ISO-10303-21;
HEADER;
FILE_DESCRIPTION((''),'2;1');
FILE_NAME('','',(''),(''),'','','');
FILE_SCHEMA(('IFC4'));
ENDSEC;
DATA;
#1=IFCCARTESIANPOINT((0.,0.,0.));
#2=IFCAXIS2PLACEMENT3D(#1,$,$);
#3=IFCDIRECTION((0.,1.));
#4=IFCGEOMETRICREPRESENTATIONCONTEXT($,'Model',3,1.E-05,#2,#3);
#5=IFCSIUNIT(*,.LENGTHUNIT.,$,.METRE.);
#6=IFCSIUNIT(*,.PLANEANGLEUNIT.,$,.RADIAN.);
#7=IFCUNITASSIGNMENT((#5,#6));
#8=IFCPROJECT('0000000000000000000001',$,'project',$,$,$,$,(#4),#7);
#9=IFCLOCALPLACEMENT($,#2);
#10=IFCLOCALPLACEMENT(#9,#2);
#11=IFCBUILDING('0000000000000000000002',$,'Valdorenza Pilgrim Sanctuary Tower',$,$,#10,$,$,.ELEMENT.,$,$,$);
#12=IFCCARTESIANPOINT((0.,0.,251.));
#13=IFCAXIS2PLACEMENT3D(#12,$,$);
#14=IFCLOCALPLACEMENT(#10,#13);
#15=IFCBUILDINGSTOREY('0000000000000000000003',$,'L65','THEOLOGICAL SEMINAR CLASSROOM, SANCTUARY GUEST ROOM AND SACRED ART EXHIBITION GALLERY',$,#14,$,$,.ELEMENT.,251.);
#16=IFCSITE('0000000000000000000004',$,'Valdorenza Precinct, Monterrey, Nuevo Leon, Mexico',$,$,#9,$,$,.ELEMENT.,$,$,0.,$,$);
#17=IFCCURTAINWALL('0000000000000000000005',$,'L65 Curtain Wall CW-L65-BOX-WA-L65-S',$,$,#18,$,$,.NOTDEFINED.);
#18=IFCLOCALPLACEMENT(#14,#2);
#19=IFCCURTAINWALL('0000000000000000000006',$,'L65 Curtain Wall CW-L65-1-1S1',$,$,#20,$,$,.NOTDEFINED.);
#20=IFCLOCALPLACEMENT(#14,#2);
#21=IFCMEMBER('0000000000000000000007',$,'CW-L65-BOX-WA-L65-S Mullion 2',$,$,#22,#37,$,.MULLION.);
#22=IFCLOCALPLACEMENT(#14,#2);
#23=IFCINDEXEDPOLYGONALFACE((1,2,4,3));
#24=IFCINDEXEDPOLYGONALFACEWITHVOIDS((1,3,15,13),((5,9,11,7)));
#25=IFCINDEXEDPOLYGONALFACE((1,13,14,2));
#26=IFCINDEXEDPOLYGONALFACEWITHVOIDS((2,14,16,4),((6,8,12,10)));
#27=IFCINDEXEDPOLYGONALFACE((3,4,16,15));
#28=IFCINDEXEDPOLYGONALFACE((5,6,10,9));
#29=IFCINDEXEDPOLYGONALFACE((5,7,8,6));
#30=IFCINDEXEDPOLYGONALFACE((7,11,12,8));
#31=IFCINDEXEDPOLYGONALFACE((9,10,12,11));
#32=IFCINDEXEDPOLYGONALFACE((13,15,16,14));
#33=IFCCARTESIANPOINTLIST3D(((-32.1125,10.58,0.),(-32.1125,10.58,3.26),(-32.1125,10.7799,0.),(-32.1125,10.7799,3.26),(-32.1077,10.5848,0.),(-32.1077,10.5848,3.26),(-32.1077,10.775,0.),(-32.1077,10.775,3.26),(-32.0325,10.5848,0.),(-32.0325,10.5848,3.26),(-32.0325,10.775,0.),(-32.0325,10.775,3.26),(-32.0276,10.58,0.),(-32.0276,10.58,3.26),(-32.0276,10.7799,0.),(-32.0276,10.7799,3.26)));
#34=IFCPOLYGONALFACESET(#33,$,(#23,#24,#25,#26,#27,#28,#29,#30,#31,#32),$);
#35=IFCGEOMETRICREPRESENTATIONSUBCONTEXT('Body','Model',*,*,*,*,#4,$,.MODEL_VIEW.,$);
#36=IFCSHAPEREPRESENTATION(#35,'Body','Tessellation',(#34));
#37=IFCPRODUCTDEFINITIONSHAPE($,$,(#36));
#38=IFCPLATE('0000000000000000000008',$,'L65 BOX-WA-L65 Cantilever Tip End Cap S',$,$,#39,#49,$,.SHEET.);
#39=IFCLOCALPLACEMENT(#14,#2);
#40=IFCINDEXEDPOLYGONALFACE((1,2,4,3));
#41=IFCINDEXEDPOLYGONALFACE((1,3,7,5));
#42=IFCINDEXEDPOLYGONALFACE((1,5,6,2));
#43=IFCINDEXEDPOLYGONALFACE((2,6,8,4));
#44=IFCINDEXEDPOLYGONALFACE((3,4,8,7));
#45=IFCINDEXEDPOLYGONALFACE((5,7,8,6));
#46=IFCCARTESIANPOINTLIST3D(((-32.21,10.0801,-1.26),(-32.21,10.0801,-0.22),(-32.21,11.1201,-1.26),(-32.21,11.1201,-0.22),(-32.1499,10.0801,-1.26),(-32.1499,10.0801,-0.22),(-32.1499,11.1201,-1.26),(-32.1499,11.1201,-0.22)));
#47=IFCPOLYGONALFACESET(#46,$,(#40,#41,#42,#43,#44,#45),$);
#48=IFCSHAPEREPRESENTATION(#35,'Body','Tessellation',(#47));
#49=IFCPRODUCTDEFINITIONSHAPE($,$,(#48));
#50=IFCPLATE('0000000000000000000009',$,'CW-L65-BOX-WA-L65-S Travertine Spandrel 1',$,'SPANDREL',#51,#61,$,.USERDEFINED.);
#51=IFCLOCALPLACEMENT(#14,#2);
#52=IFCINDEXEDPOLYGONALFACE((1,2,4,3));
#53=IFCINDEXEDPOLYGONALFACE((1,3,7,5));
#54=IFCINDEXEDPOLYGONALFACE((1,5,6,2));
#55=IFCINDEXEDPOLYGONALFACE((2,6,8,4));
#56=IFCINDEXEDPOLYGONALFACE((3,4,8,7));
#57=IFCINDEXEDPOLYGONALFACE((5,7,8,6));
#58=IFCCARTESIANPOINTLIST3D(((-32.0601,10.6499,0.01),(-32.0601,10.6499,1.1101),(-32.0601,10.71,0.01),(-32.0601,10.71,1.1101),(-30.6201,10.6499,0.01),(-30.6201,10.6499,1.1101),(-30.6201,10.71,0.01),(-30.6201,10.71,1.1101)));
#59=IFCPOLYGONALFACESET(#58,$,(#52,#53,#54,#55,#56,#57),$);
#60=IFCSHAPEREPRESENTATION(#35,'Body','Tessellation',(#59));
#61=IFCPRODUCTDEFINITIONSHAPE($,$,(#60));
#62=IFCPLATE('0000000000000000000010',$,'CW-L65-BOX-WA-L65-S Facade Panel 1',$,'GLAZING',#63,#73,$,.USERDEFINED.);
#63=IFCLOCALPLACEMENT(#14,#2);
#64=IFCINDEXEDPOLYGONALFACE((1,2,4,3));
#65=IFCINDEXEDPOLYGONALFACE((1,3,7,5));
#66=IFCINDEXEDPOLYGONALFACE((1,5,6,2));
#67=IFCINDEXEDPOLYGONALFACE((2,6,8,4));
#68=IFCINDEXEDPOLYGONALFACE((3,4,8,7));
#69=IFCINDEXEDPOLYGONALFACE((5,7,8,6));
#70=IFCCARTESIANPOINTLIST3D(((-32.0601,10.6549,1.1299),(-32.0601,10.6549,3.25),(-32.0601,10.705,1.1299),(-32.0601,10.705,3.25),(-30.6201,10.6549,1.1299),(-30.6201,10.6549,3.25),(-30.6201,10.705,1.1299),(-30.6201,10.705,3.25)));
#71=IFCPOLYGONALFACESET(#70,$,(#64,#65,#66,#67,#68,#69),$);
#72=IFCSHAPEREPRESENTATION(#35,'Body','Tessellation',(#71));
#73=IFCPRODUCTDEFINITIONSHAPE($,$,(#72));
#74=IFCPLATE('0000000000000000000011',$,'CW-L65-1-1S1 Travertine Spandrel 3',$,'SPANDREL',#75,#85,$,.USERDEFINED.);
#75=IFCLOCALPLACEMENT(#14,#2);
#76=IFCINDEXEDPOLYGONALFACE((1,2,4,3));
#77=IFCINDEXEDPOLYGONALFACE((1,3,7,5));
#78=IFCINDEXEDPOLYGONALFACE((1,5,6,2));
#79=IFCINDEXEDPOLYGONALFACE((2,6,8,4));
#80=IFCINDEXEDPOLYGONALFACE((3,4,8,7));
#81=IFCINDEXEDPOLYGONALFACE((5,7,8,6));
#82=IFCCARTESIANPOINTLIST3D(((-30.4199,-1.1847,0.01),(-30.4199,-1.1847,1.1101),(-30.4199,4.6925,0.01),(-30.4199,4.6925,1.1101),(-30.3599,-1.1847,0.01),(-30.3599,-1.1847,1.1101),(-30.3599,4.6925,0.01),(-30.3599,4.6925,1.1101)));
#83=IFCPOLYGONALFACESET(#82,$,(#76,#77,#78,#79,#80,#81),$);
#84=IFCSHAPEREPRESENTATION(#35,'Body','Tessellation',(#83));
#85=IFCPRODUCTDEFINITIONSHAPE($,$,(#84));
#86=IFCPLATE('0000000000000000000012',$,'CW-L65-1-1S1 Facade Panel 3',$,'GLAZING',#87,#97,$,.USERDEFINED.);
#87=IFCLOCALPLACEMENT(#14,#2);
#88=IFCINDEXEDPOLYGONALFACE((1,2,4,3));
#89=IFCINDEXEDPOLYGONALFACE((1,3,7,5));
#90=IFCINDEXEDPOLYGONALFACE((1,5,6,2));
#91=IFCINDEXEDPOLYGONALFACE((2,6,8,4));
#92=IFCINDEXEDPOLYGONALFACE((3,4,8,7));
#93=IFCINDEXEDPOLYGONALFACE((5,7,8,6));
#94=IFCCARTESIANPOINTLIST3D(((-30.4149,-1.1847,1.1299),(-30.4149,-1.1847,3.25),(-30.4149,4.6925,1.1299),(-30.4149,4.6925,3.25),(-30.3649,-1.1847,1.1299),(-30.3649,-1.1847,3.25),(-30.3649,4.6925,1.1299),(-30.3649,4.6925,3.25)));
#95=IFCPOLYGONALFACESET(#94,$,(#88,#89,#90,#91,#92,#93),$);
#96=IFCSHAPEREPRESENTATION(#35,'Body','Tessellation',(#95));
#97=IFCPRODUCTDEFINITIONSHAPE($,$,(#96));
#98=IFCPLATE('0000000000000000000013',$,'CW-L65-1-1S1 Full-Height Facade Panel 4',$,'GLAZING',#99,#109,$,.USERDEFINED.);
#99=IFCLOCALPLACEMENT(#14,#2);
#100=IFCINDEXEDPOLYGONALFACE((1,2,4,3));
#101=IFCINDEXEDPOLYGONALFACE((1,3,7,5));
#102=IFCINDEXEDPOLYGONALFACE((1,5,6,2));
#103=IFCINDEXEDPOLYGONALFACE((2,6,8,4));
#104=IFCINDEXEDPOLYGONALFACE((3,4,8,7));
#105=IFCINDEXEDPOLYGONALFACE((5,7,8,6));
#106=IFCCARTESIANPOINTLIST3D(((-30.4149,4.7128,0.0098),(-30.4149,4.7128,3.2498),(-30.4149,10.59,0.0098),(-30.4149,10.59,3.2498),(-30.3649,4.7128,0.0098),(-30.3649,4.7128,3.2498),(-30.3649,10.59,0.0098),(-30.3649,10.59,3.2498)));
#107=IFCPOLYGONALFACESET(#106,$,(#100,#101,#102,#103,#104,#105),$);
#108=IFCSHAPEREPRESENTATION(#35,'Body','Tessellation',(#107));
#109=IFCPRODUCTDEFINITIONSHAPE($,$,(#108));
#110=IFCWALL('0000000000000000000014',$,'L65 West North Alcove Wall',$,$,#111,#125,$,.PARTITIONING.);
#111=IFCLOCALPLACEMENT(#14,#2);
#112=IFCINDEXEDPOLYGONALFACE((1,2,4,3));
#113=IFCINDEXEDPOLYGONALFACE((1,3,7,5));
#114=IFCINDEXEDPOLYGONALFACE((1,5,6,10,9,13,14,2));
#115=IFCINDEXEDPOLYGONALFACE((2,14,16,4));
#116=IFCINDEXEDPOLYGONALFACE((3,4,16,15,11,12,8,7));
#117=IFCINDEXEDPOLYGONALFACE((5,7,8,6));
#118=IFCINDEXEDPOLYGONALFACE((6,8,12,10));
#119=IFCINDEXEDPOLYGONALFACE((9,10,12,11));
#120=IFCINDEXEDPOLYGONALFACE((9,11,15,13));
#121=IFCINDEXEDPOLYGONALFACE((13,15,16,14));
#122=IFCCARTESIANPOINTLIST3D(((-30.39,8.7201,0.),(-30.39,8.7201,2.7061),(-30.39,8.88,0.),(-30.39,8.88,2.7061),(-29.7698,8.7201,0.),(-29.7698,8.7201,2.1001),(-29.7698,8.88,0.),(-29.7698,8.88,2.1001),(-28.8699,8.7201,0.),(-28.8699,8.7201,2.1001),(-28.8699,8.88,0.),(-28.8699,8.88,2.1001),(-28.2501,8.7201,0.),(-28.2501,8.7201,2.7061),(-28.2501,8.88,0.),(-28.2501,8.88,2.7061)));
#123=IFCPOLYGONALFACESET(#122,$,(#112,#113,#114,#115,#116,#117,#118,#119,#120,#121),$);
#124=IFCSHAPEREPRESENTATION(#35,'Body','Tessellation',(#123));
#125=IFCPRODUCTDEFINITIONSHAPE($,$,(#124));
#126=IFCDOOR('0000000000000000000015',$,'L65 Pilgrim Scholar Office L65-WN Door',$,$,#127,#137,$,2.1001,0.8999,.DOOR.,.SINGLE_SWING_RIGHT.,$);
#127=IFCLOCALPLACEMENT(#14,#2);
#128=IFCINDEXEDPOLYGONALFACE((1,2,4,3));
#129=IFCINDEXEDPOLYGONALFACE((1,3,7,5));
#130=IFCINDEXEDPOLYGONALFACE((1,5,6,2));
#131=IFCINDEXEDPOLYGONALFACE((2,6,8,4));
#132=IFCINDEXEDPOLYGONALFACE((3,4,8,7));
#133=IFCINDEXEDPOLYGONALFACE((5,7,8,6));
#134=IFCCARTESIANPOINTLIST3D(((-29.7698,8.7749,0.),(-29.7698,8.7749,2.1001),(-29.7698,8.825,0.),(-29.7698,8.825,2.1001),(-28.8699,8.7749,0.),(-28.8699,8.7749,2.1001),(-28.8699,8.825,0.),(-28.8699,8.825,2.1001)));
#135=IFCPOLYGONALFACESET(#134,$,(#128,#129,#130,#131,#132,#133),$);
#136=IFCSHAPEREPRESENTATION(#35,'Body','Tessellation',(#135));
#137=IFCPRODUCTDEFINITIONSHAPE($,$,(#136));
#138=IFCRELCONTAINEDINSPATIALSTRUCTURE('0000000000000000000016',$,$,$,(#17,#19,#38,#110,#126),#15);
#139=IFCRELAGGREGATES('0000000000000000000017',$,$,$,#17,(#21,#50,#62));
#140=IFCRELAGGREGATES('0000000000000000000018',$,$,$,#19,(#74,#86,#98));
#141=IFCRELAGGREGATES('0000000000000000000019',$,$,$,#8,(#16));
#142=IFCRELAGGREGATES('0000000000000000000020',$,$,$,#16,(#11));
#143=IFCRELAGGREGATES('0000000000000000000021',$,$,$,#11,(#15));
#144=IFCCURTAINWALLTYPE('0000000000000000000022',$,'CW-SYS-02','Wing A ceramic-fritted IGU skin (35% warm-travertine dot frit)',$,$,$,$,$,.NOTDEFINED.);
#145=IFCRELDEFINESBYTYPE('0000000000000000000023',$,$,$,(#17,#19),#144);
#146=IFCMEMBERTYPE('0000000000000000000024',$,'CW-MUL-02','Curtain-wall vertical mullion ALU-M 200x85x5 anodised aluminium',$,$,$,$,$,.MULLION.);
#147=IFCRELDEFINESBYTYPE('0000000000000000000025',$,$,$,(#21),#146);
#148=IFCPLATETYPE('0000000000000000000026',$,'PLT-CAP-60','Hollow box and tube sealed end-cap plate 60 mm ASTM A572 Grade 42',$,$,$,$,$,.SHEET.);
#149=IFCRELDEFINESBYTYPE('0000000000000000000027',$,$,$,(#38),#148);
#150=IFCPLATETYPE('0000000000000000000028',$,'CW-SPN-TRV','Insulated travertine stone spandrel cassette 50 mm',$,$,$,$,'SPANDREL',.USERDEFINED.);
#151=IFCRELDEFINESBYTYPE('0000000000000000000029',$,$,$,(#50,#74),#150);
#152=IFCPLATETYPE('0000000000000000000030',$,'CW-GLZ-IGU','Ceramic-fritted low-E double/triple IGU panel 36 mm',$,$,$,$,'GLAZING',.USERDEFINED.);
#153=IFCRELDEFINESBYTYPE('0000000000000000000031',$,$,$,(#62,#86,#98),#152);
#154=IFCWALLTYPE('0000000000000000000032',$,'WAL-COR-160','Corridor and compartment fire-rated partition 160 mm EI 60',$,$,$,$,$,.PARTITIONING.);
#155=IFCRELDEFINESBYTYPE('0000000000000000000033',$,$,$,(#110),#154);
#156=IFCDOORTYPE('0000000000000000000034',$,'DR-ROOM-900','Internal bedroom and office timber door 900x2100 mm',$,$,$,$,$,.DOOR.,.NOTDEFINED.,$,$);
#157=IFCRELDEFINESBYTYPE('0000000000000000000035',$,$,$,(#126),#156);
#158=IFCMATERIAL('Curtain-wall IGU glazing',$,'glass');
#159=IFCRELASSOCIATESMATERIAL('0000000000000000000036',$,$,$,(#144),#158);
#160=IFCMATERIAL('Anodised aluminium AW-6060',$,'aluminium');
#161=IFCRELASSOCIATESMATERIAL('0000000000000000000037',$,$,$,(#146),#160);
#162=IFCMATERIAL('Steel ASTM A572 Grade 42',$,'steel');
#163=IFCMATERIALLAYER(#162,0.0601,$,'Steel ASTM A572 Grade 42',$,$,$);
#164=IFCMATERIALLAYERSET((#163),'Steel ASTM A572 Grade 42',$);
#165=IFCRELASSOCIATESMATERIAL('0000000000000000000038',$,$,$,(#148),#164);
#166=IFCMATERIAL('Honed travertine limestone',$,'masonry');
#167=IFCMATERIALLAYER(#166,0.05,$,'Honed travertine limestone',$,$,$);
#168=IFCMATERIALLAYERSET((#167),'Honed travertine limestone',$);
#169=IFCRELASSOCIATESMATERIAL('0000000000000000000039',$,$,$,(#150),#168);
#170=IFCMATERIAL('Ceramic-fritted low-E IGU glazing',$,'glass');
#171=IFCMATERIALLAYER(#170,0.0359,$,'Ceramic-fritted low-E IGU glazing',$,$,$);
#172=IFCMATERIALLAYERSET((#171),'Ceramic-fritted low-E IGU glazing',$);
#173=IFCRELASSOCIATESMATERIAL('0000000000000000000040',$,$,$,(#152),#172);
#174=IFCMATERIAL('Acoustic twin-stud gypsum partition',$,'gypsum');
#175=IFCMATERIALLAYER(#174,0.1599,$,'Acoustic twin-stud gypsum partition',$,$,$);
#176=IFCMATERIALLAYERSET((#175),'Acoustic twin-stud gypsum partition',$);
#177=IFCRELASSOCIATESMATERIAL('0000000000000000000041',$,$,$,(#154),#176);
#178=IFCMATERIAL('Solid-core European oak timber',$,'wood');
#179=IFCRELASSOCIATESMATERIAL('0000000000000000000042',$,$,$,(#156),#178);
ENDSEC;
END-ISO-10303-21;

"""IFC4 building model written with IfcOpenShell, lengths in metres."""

from ifc_helpers import new_model, si_unit, direction, frame, frame_2d, origin, origin_2d, place, context, subcontext, project, spatial, rectangle, hollow_rectangle, extrude, source, transform, mapped, material, layer, layer_set, material_profile, profile_set, type_object, element, fill, aggregate, save


model = new_model("IFC4")

# Units and contexts
model_context = context("Model", 3, precision=1e-05, world=origin(), true_north=direction((0.0, 1.0)))
body_context = subcontext(model_context, "Body", "Model", "MODEL_VIEW")
ifc_project = project(units=[si_unit("LENGTHUNIT", "METRE"), si_unit("PLANEANGLEUNIT", "RADIAN")], contexts=[model_context])

# Site, building, storey
site_placement = place(None, origin())
site = spatial("IfcSite", under=ifc_project, at=site_placement, Name="Valdorenza Precinct, Monterrey, Nuevo Leon, Mexico", CompositionType="ELEMENT", RefElevation=0.0)
building_placement = place(site_placement, origin())
building = spatial("IfcBuilding", under=site, at=building_placement, Name="Valdorenza Pilgrim Sanctuary Tower", CompositionType="ELEMENT")
storey_placement = place(building_placement, frame((0.0, 0.0, 251.0)))
storey = spatial("IfcBuildingStorey", under=building, at=storey_placement, Name="L65", Description="THEOLOGICAL SEMINAR CLASSROOM, SANCTUARY GUEST ROOM AND SACRED ART EXHIBITION GALLERY", CompositionType="ELEMENT", Elevation=251.0)

# Curtain wall
ifc_material_1 = material(Name="Curtain-wall IGU glazing", Category="glass")
curtain_wall_type = type_object("IfcCurtainWallType", Name="CW-SYS-02", Description="Wing A ceramic-fritted IGU skin (35% warm-travertine dot frit)", PredefinedType="NOTDEFINED", material=ifc_material_1)
curtain_wall_1_placement = place(storey_placement, origin())
curtain_wall_1 = element("IfcCurtainWall", 1, at=curtain_wall_1_placement, inside=storey, type_object=curtain_wall_type, Name="L65 Curtain Wall CW-L65-BOX-WA-L65-S", PredefinedType="NOTDEFINED")
ifc_material_2 = material(Name="Anodised aluminium AW-6060", Category="aluminium")

# Curtain wall
curtain_wall_2_placement = place(storey_placement, origin())
curtain_wall_2 = element("IfcCurtainWall", 2, at=curtain_wall_2_placement, inside=storey, type_object=curtain_wall_type, Name="L65 Curtain Wall CW-L65-1-1S1", PredefinedType="NOTDEFINED")
ifc_material_profile_1 = material_profile(ifc_material_2, hollow_rectangle(XDim=0.085, YDim=0.2, WallThickness=0.0049, at=origin_2d()), Name="ALU-M 200x85x5")
ifc_profile_set_1 = profile_set([ifc_material_profile_1], Name="Anodised aluminium AW-6060")
member_type_1 = type_object("IfcMemberType", Name="CW-MUL-02", Description="Curtain-wall vertical mullion ALU-M 200x85x5 anodised aluminium", PredefinedType="MULLION", material=ifc_profile_set_1)
shared_shape_1 = source(origin(), body_context, "Body", "SweptSolid", [
    extrude(hollow_rectangle(XDim=0.085, YDim=0.2, WallThickness=0.0049, at=origin_2d()), origin(), (0.0, 0.0, 1.0), 3.26),
])

# Member
member_1_placement = place(storey_placement, frame((-32.0701, 10.6799, 0.0), z_axis=(0.0, 0.0, 1.0), x_axis=(-1.0, 0.0, 0.0)))
member_1 = element("IfcMember", 3, at=member_1_placement, type_object=member_type_1, Name="CW-L65-BOX-WA-L65-S Mullion 2", PredefinedType="MULLION", context=body_context, shape_type="MappedRepresentation", body=[
    mapped(shared_shape_1, transform((0.0, 0.0, 0.0), x_axis=(1.0, 0.0, 0.0), y_axis=(0.0, 1.0, 0.0), z_axis=(0.0, 0.0, 1.0), scale=1.0)),
])

# Plates
ifc_material_3 = material(Name="Steel ASTM A572 Grade 42", Category="steel")
ifc_layer_1 = layer(ifc_material_3, 0.0601, Name="Steel ASTM A572 Grade 42")
ifc_layer_set_1 = layer_set([ifc_layer_1], Name="Steel ASTM A572 Grade 42")
plate_type_1 = type_object("IfcPlateType", Name="PLT-CAP-60", Description="Hollow box and tube sealed end-cap plate 60 mm ASTM A572 Grade 42", PredefinedType="SHEET", material=ifc_layer_set_1)
shared_shape_2 = source(origin(), body_context, "Body", "SweptSolid", [
    extrude(rectangle(XDim=0.0601, YDim=1.04, at=origin_2d()), origin(), (0.0, 0.0, 1.0), 1.04),
])
plate_1_placement = place(storey_placement, frame((-32.1799, 10.6001, -1.26), z_axis=(0.0, 0.0, 1.0), x_axis=(1.0, 0.0, 0.0)))
element("IfcPlate", 4, at=plate_1_placement, inside=storey, type_object=plate_type_1, Name="L65 BOX-WA-L65 Cantilever Tip End Cap S", PredefinedType="SHEET", context=body_context, shape_type="MappedRepresentation", body=[
    mapped(shared_shape_2, transform((0.0, 0.0, 0.0), x_axis=(1.0, 0.0, 0.0), y_axis=(0.0, 1.0, 0.0), z_axis=(0.0, 0.0, 1.0), scale=1.0)),
])
ifc_material_4 = material(Name="Honed travertine limestone", Category="masonry")
ifc_layer_2 = layer(ifc_material_4, 0.05, Name="Honed travertine limestone")
ifc_layer_set_2 = layer_set([ifc_layer_2], Name="Honed travertine limestone")
plate_type_2 = type_object("IfcPlateType", Name="CW-SPN-TRV", Description="Insulated travertine stone spandrel cassette 50 mm", ElementType="SPANDREL", PredefinedType="USERDEFINED", material=ifc_layer_set_2)
shared_shape_3 = source(origin(), body_context, "Body", "SweptSolid", [
    extrude(rectangle(XDim=1.4399, YDim=0.0601, at=origin_2d()), origin(), (0.0, 0.0, 1.0), 1.1001),
])
plate_2_placement = place(storey_placement, frame((-31.3401, 10.6799, 0.01), z_axis=(0.0, 0.0, 1.0), x_axis=(-1.0, 0.0, 0.0)))
plate_2 = element("IfcPlate", 5, at=plate_2_placement, type_object=plate_type_2, Name="CW-L65-BOX-WA-L65-S Travertine Spandrel 1", ObjectType="SPANDREL", PredefinedType="USERDEFINED", context=body_context, shape_type="MappedRepresentation", body=[
    mapped(shared_shape_3, transform((0.0, 0.0, 0.0), x_axis=(1.0, 0.0, 0.0), y_axis=(0.0, 1.0, 0.0), z_axis=(0.0, 0.0, 1.0), scale=1.0)),
])
ifc_material_5 = material(Name="Ceramic-fritted low-E IGU glazing", Category="glass")
ifc_layer_3 = layer(ifc_material_5, 0.0359, Name="Ceramic-fritted low-E IGU glazing")
ifc_layer_set_3 = layer_set([ifc_layer_3], Name="Ceramic-fritted low-E IGU glazing")
plate_type_3 = type_object("IfcPlateType", Name="CW-GLZ-IGU", Description="Ceramic-fritted low-E double/triple IGU panel 36 mm", ElementType="GLAZING", PredefinedType="USERDEFINED", material=ifc_layer_set_3)
shared_shape_4 = source(origin(), body_context, "Body", "SweptSolid", [
    extrude(rectangle(XDim=1.4399, YDim=0.05, at=origin_2d()), origin(), (0.0, 0.0, 1.0), 2.1201),
])
plate_3_placement = place(storey_placement, frame((-31.3401, 10.6799, 1.1299), z_axis=(0.0, 0.0, 1.0), x_axis=(-1.0, 0.0, 0.0)))
plate_3 = element("IfcPlate", 6, at=plate_3_placement, type_object=plate_type_3, Name="CW-L65-BOX-WA-L65-S Facade Panel 1", ObjectType="GLAZING", PredefinedType="USERDEFINED", context=body_context, shape_type="MappedRepresentation", body=[
    mapped(shared_shape_4, transform((0.0, 0.0, 0.0), x_axis=(1.0, 0.0, 0.0), y_axis=(0.0, 1.0, 0.0), z_axis=(0.0, 0.0, 1.0), scale=1.0)),
])
aggregate(curtain_wall_1, [member_1, plate_2, plate_3])
shared_shape_5 = source(origin(), body_context, "Body", "SweptSolid", [
    extrude(rectangle(XDim=5.8772, YDim=0.0601, at=origin_2d()), origin(), (0.0, 0.0, 1.0), 1.1001),
])
plate_4_placement = place(storey_placement, frame((-30.3899, 1.7539, 0.01), z_axis=(0.0, 0.0, 1.0), x_axis=(0.0, 1.0, 0.0)))
plate_4 = element("IfcPlate", 7, at=plate_4_placement, type_object=plate_type_2, Name="CW-L65-1-1S1 Travertine Spandrel 3", ObjectType="SPANDREL", PredefinedType="USERDEFINED", context=body_context, shape_type="MappedRepresentation", body=[
    mapped(shared_shape_5, transform((0.0, 0.0, 0.0), x_axis=(1.0, 0.0, 0.0), y_axis=(0.0, 1.0, 0.0), z_axis=(0.0, 0.0, 1.0), scale=1.0)),
])
shared_shape_6 = source(origin(), body_context, "Body", "SweptSolid", [
    extrude(rectangle(XDim=5.8772, YDim=0.05, at=origin_2d()), origin(), (0.0, 0.0, 1.0), 2.1201),
])
plate_5_placement = place(storey_placement, frame((-30.3899, 1.7539, 1.1299), z_axis=(0.0, 0.0, 1.0), x_axis=(0.0, 1.0, 0.0)))
plate_5 = element("IfcPlate", 8, at=plate_5_placement, type_object=plate_type_3, Name="CW-L65-1-1S1 Facade Panel 3", ObjectType="GLAZING", PredefinedType="USERDEFINED", context=body_context, shape_type="MappedRepresentation", body=[
    mapped(shared_shape_6, transform((0.0, 0.0, 0.0), x_axis=(1.0, 0.0, 0.0), y_axis=(0.0, 1.0, 0.0), z_axis=(0.0, 0.0, 1.0), scale=1.0)),
])
shared_shape_7 = source(origin(), body_context, "Body", "SweptSolid", [
    extrude(rectangle(XDim=5.8772, YDim=0.05, at=origin_2d()), origin(), (0.0, 0.0, 1.0), 3.24),
])
plate_6_placement = place(storey_placement, frame((-30.3899, 7.6514, 0.0098), z_axis=(0.0, 0.0, 1.0), x_axis=(0.0, 1.0, 0.0)))
plate_6 = element("IfcPlate", 9, at=plate_6_placement, type_object=plate_type_3, Name="CW-L65-1-1S1 Full-Height Facade Panel 4", ObjectType="GLAZING", PredefinedType="USERDEFINED", context=body_context, shape_type="MappedRepresentation", body=[
    mapped(shared_shape_7, transform((0.0, 0.0, 0.0), x_axis=(1.0, 0.0, 0.0), y_axis=(0.0, 1.0, 0.0), z_axis=(0.0, 0.0, 1.0), scale=1.0)),
])
aggregate(curtain_wall_2, [plate_4, plate_5, plate_6])

# Wall, opening, door
ifc_material_6 = material(Name="Acoustic twin-stud gypsum partition", Category="gypsum")
ifc_layer_4 = layer(ifc_material_6, 0.1599, Name="Acoustic twin-stud gypsum partition")
ifc_layer_set_4 = layer_set([ifc_layer_4], Name="Acoustic twin-stud gypsum partition")
wall_type = type_object("IfcWallType", Name="WAL-COR-160", Description="Corridor and compartment fire-rated partition 160 mm EI 60", PredefinedType="PARTITIONING", material=ifc_layer_set_4)
wall_placement = place(storey_placement, frame((-30.3899, 8.8, 0.0), z_axis=(0.0, 0.0, 1.0), x_axis=(1.0, 0.0, 0.0)))
wall = element("IfcWall", 10, at=wall_placement, inside=storey, type_object=wall_type, Name="L65 West North Alcove Wall", PredefinedType="PARTITIONING", context=body_context, shape_type="SweptSolid", body=[
    extrude(rectangle(XDim=2.1399, YDim=0.1599, at=frame_2d((1.0698, 0.0))), origin(), (0.0, 0.0, 1.0), 2.7061),
])
opening_placement = place(wall_placement, frame((0.6201, 0.0, 0.0)))
opening = element("IfcOpeningElement", 11, at=opening_placement, cuts=wall, PredefinedType="OPENING", context=body_context, shape_type="SweptSolid", body=[
    extrude(rectangle(XDim=0.8999, YDim=2.1001, at=frame_2d((0.45, 1.05))), frame((0.0, 0.0947, 0.0), z_axis=(0.0, -1.0, 0.0), x_axis=(1.0, 0.0, 0.0)), (0.0, 0.0, 1.0), 0.1897),
])
ifc_material_7 = material(Name="Solid-core European oak timber", Category="wood")
door_type = type_object("IfcDoorType", Name="DR-ROOM-900", Description="Internal bedroom and office timber door 900x2100 mm", OperationType="NOTDEFINED", PredefinedType="DOOR", material=ifc_material_7)
door_placement = place(opening_placement, origin())
door = element("IfcDoor", 12, at=door_placement, inside=storey, type_object=door_type, Name="L65 Pilgrim Scholar Office L65-WN Door", OperationType="SINGLE_SWING_RIGHT", OverallHeight=2.1001, OverallWidth=0.8999, PredefinedType="DOOR", context=body_context, shape_type="SweptSolid", body=[
    extrude(rectangle(XDim=0.8999, YDim=2.1001, at=frame_2d((0.45, 1.05))), frame((0.0, 0.0249, 0.0), z_axis=(0.0, -1.0, 0.0), x_axis=(1.0, 0.0, 0.0)), (0.0, 0.0, 1.0), 0.05),
])
fill(opening, door)

save(model, "model.ifc")
